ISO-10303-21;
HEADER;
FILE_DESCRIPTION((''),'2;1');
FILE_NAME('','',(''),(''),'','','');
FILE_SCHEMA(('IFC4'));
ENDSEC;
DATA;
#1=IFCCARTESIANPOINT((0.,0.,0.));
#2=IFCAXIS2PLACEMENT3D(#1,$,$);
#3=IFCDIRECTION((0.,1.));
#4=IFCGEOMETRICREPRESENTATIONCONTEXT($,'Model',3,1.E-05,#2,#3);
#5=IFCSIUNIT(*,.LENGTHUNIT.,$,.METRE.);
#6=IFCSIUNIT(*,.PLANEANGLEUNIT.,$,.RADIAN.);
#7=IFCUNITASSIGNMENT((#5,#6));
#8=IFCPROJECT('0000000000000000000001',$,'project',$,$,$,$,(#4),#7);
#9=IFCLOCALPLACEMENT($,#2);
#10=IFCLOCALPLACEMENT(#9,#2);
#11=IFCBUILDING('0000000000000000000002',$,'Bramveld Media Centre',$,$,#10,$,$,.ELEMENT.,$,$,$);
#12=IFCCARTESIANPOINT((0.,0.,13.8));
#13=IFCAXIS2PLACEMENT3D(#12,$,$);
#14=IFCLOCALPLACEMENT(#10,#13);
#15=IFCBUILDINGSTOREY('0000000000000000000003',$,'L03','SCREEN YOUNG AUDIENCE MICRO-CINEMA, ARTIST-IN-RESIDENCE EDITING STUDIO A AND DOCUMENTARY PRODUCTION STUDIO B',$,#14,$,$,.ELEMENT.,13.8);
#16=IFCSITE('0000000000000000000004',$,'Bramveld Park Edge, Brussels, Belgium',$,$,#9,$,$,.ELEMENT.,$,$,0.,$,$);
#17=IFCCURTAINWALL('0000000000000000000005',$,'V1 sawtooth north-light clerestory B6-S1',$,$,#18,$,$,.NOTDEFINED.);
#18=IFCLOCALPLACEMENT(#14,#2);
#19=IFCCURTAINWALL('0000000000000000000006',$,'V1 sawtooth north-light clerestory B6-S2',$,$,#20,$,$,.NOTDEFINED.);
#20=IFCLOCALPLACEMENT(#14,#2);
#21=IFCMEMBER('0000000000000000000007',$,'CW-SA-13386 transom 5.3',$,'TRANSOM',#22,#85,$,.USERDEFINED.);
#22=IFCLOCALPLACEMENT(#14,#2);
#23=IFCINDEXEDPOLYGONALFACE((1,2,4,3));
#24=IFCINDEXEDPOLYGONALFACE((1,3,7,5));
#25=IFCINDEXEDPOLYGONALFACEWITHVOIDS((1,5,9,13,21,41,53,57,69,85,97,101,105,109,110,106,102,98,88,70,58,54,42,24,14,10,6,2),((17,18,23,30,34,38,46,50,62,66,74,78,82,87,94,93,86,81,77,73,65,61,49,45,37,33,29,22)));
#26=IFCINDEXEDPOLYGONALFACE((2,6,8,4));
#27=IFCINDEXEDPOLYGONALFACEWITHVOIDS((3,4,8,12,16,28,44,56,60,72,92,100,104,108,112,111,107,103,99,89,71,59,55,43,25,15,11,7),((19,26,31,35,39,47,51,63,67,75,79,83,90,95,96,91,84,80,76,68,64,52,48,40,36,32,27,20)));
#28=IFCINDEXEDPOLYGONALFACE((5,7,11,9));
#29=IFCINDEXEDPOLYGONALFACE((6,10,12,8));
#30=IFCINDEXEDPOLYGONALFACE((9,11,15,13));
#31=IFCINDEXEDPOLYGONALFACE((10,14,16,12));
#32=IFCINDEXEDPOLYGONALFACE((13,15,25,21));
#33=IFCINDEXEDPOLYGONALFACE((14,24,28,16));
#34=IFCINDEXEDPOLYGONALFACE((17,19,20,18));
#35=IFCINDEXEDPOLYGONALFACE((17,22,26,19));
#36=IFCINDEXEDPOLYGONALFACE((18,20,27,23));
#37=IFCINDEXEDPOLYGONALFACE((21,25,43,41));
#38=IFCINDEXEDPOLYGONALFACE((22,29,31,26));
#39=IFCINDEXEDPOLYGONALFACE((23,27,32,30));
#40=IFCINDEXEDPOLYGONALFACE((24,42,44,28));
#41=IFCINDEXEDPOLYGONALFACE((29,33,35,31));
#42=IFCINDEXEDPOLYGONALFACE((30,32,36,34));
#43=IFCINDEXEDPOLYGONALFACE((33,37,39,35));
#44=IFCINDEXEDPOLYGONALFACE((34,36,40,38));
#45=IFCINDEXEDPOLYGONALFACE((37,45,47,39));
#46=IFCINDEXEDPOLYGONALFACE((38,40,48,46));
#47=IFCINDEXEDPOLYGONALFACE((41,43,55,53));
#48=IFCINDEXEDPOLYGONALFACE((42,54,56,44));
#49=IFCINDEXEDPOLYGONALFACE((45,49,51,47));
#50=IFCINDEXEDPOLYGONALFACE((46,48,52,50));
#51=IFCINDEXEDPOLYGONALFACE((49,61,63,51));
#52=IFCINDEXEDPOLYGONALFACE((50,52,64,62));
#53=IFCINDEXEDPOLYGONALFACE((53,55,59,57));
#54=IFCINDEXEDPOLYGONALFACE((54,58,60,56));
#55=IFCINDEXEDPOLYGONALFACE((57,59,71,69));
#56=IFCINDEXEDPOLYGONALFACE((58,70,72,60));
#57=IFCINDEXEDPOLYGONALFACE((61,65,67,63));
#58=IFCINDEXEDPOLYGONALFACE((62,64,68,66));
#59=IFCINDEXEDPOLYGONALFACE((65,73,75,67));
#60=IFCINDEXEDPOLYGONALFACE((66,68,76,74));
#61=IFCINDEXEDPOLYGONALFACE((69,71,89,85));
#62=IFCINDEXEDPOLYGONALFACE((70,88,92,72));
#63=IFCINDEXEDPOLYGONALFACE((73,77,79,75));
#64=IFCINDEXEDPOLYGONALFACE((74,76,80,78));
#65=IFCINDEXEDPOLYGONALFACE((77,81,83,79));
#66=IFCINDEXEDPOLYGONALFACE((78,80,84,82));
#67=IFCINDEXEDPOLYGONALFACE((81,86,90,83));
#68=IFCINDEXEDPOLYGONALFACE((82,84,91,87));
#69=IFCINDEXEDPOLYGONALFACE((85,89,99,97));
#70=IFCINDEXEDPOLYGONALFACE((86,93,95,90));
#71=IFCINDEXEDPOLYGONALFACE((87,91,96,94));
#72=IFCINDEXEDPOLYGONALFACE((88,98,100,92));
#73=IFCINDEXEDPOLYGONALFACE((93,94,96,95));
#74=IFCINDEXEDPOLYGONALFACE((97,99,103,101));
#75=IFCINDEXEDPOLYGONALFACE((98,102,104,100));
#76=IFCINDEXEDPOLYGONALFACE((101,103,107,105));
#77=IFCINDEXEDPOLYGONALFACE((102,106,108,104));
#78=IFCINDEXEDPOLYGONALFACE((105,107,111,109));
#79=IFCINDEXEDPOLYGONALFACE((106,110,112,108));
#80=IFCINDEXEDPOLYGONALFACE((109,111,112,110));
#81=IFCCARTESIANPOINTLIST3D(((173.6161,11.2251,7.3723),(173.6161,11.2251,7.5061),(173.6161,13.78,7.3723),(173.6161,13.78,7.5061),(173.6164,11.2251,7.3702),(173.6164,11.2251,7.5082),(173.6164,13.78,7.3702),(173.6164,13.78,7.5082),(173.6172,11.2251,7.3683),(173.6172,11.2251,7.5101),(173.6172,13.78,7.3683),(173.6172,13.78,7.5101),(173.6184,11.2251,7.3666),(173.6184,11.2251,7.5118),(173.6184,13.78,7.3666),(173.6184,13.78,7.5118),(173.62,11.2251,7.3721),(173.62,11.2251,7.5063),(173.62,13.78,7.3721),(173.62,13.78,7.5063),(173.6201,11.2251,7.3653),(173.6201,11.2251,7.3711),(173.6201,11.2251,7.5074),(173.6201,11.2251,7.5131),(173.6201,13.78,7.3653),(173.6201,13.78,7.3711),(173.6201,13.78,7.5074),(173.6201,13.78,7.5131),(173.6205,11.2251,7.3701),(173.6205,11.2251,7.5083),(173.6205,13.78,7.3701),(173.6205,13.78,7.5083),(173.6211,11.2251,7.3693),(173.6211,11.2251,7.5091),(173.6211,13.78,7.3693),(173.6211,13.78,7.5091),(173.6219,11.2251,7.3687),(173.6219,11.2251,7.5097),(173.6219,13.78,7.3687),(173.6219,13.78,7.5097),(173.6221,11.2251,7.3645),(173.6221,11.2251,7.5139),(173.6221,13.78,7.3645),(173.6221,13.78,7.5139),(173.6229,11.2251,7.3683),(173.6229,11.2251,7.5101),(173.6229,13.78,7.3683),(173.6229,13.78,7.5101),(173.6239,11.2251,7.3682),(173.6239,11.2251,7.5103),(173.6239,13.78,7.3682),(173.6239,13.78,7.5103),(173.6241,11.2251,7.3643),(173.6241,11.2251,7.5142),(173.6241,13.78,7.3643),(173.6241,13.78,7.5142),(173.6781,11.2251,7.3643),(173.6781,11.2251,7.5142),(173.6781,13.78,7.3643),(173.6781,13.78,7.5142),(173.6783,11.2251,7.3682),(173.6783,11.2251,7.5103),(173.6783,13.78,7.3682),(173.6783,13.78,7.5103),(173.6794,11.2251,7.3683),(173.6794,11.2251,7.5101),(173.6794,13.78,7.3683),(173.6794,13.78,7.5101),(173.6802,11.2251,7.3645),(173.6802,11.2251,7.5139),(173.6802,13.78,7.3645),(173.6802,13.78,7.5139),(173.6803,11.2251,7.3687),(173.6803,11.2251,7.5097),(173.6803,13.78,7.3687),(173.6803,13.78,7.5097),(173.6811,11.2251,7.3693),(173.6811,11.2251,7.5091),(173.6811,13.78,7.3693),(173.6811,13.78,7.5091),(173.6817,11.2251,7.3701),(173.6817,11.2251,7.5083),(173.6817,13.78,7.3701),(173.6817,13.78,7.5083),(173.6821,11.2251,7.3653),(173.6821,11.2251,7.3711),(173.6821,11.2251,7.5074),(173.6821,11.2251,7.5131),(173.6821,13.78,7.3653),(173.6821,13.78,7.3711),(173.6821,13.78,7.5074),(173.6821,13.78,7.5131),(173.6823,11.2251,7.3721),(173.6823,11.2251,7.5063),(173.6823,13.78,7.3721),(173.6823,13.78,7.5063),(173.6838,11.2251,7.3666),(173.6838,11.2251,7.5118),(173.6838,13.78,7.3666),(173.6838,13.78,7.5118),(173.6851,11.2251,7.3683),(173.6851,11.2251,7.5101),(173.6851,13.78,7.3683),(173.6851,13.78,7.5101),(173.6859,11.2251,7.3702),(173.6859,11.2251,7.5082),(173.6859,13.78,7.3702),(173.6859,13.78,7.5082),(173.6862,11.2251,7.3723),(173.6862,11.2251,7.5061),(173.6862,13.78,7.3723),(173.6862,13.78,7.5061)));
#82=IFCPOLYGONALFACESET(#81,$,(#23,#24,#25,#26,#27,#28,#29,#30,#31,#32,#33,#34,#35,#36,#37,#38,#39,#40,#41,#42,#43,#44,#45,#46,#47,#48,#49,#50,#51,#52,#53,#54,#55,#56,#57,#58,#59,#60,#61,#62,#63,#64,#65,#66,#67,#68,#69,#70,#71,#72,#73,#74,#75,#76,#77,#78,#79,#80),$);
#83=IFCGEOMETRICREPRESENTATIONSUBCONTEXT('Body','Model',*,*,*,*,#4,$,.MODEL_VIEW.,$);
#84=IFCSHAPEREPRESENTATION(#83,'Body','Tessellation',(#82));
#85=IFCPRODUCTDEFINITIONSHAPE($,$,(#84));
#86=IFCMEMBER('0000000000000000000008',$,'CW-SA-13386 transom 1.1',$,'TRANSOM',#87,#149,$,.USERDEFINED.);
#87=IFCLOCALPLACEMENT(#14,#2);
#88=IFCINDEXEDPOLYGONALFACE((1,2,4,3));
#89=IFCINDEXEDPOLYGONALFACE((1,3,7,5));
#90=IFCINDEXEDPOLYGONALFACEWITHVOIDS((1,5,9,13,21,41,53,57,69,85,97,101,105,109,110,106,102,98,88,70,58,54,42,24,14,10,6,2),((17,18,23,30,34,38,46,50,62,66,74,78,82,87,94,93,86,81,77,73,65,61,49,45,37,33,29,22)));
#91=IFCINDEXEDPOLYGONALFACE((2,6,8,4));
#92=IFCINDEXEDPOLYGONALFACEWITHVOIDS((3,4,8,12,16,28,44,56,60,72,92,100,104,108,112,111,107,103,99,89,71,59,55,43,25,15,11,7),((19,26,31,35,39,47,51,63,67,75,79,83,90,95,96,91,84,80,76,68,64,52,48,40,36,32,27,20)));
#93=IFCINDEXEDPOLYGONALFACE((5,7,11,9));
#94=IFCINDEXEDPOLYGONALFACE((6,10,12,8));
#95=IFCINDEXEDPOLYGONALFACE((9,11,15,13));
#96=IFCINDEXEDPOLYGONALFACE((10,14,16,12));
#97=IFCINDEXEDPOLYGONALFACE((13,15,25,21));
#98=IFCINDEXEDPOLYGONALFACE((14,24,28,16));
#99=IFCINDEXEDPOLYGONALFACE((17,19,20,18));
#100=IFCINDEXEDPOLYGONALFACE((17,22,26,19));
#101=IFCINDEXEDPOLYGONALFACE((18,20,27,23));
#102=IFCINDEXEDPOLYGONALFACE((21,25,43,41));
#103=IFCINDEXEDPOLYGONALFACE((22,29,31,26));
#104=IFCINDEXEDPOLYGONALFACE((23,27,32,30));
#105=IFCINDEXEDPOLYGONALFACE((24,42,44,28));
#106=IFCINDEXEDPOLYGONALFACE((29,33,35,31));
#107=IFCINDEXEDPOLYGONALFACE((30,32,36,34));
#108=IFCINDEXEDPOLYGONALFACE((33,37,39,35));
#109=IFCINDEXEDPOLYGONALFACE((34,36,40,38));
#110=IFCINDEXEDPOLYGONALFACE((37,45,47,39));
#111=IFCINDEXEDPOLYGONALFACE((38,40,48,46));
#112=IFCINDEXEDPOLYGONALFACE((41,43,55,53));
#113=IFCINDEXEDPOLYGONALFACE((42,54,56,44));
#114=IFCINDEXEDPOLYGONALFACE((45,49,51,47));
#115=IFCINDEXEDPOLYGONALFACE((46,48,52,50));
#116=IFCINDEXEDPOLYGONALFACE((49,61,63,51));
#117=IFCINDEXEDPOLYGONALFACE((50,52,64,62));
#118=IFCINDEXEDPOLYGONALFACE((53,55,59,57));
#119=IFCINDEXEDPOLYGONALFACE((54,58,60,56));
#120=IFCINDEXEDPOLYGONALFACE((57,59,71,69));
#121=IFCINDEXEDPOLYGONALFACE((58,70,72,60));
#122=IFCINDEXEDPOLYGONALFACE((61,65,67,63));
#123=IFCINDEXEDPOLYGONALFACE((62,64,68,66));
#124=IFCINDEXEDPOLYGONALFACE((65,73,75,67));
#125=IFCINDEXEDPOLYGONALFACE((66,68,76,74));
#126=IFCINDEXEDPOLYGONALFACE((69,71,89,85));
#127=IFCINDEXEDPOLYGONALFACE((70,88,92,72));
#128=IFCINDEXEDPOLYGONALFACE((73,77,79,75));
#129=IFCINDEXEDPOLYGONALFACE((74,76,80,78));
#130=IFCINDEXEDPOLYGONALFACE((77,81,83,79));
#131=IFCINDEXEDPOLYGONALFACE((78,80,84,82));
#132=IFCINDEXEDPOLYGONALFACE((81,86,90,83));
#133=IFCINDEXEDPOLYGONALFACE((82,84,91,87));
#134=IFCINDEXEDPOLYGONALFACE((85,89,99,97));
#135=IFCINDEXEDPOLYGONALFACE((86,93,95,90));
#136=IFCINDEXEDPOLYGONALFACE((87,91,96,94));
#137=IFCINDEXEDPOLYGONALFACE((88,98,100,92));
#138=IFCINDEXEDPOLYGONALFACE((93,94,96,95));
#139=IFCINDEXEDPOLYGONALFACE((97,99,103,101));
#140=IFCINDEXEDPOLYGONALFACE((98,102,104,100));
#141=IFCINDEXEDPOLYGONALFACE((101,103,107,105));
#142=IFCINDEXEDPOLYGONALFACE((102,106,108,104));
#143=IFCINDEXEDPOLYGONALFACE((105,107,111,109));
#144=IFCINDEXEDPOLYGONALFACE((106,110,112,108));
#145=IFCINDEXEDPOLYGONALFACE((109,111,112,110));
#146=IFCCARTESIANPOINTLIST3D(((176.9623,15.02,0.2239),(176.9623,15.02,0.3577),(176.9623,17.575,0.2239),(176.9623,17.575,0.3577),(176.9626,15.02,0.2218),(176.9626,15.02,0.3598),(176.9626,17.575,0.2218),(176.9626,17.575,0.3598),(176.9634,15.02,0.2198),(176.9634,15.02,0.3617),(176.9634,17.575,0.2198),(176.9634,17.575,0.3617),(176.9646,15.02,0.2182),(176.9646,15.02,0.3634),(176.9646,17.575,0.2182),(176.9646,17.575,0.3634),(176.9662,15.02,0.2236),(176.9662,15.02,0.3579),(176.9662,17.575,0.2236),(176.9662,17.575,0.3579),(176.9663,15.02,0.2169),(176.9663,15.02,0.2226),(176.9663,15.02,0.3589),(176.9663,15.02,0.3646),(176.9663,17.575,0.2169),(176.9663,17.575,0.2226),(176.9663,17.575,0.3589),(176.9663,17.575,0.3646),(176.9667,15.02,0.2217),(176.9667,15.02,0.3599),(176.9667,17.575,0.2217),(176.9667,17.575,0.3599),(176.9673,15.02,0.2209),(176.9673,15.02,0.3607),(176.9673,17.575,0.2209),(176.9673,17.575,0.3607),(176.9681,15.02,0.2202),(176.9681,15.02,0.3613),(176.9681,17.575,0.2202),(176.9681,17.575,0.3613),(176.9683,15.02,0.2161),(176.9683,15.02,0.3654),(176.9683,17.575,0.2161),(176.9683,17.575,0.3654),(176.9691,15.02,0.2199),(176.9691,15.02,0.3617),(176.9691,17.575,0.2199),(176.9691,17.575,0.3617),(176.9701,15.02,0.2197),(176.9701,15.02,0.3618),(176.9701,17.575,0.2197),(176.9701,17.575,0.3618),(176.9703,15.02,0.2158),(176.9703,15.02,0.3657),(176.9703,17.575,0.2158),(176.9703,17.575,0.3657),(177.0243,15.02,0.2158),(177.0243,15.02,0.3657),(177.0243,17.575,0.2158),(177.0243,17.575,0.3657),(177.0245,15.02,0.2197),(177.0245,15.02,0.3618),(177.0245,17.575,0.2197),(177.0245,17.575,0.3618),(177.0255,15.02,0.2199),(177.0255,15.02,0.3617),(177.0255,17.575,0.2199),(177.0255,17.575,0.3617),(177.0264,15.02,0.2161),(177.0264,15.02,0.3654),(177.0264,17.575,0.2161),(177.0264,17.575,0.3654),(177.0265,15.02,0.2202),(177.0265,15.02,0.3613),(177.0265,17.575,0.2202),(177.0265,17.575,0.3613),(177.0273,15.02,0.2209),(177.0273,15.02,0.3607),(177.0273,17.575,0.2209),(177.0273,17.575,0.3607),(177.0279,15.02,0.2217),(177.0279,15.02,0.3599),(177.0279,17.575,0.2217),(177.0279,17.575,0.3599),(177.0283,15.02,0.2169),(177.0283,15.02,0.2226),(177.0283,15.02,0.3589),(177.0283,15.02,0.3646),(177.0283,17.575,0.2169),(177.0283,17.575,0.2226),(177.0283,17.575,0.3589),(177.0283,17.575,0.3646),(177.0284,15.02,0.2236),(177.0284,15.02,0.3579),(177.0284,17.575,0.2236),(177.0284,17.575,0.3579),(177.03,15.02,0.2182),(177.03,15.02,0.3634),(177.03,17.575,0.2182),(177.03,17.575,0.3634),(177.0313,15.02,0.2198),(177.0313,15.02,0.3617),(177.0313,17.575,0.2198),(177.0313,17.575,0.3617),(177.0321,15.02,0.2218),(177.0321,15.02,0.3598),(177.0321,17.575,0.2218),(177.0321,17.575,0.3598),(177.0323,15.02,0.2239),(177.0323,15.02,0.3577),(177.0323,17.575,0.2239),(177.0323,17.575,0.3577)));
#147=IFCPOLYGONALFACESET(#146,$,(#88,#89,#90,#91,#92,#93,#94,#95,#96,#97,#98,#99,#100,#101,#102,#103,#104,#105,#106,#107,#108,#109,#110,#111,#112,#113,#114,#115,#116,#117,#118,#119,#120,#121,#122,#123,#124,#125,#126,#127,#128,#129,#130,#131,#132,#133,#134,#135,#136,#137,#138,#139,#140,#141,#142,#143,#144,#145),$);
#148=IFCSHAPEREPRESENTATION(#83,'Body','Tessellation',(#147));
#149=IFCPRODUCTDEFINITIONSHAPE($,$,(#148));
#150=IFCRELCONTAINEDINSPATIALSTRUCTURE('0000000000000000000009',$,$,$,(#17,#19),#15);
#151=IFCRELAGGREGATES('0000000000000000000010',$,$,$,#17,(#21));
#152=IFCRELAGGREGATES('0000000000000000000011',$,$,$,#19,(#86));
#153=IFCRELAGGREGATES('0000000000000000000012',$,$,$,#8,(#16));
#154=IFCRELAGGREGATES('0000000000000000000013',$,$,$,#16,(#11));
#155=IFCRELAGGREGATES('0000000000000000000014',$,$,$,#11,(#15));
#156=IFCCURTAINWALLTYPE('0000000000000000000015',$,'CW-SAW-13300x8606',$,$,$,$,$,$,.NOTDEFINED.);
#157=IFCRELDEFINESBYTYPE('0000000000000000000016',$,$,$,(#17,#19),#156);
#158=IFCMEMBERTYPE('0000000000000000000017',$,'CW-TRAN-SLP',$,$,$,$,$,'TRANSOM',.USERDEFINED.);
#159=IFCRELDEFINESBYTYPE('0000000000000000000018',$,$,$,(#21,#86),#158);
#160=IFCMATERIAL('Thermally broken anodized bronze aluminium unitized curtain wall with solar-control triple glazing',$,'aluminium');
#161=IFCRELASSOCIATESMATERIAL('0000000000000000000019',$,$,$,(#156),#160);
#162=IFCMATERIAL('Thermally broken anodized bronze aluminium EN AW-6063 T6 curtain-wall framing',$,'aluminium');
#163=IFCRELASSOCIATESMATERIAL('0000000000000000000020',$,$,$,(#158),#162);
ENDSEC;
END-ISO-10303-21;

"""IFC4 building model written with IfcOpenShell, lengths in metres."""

from ifc_helpers import new_model, si_unit, direction, frame, origin, origin_2d, place, context, subcontext, project, spatial, hollow_rectangle, extrude, material, material_profile, profile_set, type_object, element, aggregate, save


model = new_model("IFC4")

# Units and contexts
model_context = context("Model", 3, precision=1e-05, world=origin(), true_north=direction((0.0, 1.0)))
body_context = subcontext(model_context, "Body", "Model", "MODEL_VIEW")
ifc_project = project(units=[si_unit("LENGTHUNIT", "METRE"), si_unit("PLANEANGLEUNIT", "RADIAN")], contexts=[model_context])

# Site, building, storey
site_placement = place(None, origin())
site = spatial("IfcSite", under=ifc_project, at=site_placement, Name="Bramveld Park Edge, Brussels, Belgium", CompositionType="ELEMENT", RefElevation=0.0)
building_placement = place(site_placement, origin())
building = spatial("IfcBuilding", under=site, at=building_placement, Name="Bramveld Media Centre", CompositionType="ELEMENT")
storey_placement = place(building_placement, frame((0.0, 0.0, 13.8)))
storey = spatial("IfcBuildingStorey", under=building, at=storey_placement, Name="L03", Description="SCREEN YOUNG AUDIENCE MICRO-CINEMA, ARTIST-IN-RESIDENCE EDITING STUDIO A AND DOCUMENTARY PRODUCTION STUDIO B", CompositionType="ELEMENT", Elevation=13.8)

# Curtain walls
ifc_material_1 = material(Name="Thermally broken anodized bronze aluminium unitized curtain wall with solar-control triple glazing", Category="aluminium")
curtain_wall_type = type_object("IfcCurtainWallType", Name="CW-SAW-13300x8606", PredefinedType="NOTDEFINED", material=ifc_material_1)
curtain_wall_1_placement = place(storey_placement, origin())
curtain_wall_1 = element("IfcCurtainWall", 1, at=curtain_wall_1_placement, inside=storey, type_object=curtain_wall_type, Name="V1 sawtooth north-light clerestory B6-S1", PredefinedType="NOTDEFINED")
curtain_wall_2_placement = place(storey_placement, origin())
curtain_wall_2 = element("IfcCurtainWall", 2, at=curtain_wall_2_placement, inside=storey, type_object=curtain_wall_type, Name="V1 sawtooth north-light clerestory B6-S2", PredefinedType="NOTDEFINED")

# Members
ifc_material_2 = material(Name="Thermally broken anodized bronze aluminium EN AW-6063 T6 curtain-wall framing", Category="aluminium")
ifc_material_profile_1 = material_profile(ifc_material_2, hollow_rectangle(XDim=0.0701, YDim=0.1499, WallThickness=0.0039, InnerFilletRadius=0.0039, OuterFilletRadius=0.0081, at=origin_2d()), Name="AL-TRAN 70x150")
ifc_profile_set_1 = profile_set([ifc_material_profile_1], Name="Thermally broken anodized bronze aluminium EN AW-6063 T6 curtain-wall framing")
member_type_1 = type_object("IfcMemberType", Name="CW-TRAN-SLP", ElementType="TRANSOM", PredefinedType="USERDEFINED", material=ifc_profile_set_1)
member_1_placement = place(storey_placement, frame((173.6511, 11.2251, 7.4392), z_axis=(0.0, 1.0, 0.0), x_axis=(-1.0, 0.0, 0.0)))
member_1 = element("IfcMember", 3, at=member_1_placement, type_object=member_type_1, Name="CW-SA-13386 transom 5.3", ObjectType="TRANSOM", PredefinedType="USERDEFINED", context=body_context, shape_type="SweptSolid", body=[
    extrude(hollow_rectangle(XDim=0.0701, YDim=0.1499, WallThickness=0.0039, InnerFilletRadius=0.0039, OuterFilletRadius=0.0081, at=origin_2d()), origin(), (0.0, 0.0, 1.0), 2.5549),
])
member_2_placement = place(storey_placement, frame((176.9973, 15.02, 0.2908), z_axis=(0.0, 1.0, 0.0), x_axis=(-1.0, 0.0, 0.0)))
member_2 = element("IfcMember", 4, at=member_2_placement, type_object=member_type_1, Name="CW-SA-13386 transom 1.1", ObjectType="TRANSOM", PredefinedType="USERDEFINED", context=body_context, shape_type="SweptSolid", body=[
    extrude(hollow_rectangle(XDim=0.0701, YDim=0.1499, WallThickness=0.0039, InnerFilletRadius=0.0039, OuterFilletRadius=0.0081, at=origin_2d()), origin(), (0.0, 0.0, 1.0), 2.5549),
])

aggregate(curtain_wall_1, [member_1])
aggregate(curtain_wall_2, [member_2])

save(model, "model.ifc")
